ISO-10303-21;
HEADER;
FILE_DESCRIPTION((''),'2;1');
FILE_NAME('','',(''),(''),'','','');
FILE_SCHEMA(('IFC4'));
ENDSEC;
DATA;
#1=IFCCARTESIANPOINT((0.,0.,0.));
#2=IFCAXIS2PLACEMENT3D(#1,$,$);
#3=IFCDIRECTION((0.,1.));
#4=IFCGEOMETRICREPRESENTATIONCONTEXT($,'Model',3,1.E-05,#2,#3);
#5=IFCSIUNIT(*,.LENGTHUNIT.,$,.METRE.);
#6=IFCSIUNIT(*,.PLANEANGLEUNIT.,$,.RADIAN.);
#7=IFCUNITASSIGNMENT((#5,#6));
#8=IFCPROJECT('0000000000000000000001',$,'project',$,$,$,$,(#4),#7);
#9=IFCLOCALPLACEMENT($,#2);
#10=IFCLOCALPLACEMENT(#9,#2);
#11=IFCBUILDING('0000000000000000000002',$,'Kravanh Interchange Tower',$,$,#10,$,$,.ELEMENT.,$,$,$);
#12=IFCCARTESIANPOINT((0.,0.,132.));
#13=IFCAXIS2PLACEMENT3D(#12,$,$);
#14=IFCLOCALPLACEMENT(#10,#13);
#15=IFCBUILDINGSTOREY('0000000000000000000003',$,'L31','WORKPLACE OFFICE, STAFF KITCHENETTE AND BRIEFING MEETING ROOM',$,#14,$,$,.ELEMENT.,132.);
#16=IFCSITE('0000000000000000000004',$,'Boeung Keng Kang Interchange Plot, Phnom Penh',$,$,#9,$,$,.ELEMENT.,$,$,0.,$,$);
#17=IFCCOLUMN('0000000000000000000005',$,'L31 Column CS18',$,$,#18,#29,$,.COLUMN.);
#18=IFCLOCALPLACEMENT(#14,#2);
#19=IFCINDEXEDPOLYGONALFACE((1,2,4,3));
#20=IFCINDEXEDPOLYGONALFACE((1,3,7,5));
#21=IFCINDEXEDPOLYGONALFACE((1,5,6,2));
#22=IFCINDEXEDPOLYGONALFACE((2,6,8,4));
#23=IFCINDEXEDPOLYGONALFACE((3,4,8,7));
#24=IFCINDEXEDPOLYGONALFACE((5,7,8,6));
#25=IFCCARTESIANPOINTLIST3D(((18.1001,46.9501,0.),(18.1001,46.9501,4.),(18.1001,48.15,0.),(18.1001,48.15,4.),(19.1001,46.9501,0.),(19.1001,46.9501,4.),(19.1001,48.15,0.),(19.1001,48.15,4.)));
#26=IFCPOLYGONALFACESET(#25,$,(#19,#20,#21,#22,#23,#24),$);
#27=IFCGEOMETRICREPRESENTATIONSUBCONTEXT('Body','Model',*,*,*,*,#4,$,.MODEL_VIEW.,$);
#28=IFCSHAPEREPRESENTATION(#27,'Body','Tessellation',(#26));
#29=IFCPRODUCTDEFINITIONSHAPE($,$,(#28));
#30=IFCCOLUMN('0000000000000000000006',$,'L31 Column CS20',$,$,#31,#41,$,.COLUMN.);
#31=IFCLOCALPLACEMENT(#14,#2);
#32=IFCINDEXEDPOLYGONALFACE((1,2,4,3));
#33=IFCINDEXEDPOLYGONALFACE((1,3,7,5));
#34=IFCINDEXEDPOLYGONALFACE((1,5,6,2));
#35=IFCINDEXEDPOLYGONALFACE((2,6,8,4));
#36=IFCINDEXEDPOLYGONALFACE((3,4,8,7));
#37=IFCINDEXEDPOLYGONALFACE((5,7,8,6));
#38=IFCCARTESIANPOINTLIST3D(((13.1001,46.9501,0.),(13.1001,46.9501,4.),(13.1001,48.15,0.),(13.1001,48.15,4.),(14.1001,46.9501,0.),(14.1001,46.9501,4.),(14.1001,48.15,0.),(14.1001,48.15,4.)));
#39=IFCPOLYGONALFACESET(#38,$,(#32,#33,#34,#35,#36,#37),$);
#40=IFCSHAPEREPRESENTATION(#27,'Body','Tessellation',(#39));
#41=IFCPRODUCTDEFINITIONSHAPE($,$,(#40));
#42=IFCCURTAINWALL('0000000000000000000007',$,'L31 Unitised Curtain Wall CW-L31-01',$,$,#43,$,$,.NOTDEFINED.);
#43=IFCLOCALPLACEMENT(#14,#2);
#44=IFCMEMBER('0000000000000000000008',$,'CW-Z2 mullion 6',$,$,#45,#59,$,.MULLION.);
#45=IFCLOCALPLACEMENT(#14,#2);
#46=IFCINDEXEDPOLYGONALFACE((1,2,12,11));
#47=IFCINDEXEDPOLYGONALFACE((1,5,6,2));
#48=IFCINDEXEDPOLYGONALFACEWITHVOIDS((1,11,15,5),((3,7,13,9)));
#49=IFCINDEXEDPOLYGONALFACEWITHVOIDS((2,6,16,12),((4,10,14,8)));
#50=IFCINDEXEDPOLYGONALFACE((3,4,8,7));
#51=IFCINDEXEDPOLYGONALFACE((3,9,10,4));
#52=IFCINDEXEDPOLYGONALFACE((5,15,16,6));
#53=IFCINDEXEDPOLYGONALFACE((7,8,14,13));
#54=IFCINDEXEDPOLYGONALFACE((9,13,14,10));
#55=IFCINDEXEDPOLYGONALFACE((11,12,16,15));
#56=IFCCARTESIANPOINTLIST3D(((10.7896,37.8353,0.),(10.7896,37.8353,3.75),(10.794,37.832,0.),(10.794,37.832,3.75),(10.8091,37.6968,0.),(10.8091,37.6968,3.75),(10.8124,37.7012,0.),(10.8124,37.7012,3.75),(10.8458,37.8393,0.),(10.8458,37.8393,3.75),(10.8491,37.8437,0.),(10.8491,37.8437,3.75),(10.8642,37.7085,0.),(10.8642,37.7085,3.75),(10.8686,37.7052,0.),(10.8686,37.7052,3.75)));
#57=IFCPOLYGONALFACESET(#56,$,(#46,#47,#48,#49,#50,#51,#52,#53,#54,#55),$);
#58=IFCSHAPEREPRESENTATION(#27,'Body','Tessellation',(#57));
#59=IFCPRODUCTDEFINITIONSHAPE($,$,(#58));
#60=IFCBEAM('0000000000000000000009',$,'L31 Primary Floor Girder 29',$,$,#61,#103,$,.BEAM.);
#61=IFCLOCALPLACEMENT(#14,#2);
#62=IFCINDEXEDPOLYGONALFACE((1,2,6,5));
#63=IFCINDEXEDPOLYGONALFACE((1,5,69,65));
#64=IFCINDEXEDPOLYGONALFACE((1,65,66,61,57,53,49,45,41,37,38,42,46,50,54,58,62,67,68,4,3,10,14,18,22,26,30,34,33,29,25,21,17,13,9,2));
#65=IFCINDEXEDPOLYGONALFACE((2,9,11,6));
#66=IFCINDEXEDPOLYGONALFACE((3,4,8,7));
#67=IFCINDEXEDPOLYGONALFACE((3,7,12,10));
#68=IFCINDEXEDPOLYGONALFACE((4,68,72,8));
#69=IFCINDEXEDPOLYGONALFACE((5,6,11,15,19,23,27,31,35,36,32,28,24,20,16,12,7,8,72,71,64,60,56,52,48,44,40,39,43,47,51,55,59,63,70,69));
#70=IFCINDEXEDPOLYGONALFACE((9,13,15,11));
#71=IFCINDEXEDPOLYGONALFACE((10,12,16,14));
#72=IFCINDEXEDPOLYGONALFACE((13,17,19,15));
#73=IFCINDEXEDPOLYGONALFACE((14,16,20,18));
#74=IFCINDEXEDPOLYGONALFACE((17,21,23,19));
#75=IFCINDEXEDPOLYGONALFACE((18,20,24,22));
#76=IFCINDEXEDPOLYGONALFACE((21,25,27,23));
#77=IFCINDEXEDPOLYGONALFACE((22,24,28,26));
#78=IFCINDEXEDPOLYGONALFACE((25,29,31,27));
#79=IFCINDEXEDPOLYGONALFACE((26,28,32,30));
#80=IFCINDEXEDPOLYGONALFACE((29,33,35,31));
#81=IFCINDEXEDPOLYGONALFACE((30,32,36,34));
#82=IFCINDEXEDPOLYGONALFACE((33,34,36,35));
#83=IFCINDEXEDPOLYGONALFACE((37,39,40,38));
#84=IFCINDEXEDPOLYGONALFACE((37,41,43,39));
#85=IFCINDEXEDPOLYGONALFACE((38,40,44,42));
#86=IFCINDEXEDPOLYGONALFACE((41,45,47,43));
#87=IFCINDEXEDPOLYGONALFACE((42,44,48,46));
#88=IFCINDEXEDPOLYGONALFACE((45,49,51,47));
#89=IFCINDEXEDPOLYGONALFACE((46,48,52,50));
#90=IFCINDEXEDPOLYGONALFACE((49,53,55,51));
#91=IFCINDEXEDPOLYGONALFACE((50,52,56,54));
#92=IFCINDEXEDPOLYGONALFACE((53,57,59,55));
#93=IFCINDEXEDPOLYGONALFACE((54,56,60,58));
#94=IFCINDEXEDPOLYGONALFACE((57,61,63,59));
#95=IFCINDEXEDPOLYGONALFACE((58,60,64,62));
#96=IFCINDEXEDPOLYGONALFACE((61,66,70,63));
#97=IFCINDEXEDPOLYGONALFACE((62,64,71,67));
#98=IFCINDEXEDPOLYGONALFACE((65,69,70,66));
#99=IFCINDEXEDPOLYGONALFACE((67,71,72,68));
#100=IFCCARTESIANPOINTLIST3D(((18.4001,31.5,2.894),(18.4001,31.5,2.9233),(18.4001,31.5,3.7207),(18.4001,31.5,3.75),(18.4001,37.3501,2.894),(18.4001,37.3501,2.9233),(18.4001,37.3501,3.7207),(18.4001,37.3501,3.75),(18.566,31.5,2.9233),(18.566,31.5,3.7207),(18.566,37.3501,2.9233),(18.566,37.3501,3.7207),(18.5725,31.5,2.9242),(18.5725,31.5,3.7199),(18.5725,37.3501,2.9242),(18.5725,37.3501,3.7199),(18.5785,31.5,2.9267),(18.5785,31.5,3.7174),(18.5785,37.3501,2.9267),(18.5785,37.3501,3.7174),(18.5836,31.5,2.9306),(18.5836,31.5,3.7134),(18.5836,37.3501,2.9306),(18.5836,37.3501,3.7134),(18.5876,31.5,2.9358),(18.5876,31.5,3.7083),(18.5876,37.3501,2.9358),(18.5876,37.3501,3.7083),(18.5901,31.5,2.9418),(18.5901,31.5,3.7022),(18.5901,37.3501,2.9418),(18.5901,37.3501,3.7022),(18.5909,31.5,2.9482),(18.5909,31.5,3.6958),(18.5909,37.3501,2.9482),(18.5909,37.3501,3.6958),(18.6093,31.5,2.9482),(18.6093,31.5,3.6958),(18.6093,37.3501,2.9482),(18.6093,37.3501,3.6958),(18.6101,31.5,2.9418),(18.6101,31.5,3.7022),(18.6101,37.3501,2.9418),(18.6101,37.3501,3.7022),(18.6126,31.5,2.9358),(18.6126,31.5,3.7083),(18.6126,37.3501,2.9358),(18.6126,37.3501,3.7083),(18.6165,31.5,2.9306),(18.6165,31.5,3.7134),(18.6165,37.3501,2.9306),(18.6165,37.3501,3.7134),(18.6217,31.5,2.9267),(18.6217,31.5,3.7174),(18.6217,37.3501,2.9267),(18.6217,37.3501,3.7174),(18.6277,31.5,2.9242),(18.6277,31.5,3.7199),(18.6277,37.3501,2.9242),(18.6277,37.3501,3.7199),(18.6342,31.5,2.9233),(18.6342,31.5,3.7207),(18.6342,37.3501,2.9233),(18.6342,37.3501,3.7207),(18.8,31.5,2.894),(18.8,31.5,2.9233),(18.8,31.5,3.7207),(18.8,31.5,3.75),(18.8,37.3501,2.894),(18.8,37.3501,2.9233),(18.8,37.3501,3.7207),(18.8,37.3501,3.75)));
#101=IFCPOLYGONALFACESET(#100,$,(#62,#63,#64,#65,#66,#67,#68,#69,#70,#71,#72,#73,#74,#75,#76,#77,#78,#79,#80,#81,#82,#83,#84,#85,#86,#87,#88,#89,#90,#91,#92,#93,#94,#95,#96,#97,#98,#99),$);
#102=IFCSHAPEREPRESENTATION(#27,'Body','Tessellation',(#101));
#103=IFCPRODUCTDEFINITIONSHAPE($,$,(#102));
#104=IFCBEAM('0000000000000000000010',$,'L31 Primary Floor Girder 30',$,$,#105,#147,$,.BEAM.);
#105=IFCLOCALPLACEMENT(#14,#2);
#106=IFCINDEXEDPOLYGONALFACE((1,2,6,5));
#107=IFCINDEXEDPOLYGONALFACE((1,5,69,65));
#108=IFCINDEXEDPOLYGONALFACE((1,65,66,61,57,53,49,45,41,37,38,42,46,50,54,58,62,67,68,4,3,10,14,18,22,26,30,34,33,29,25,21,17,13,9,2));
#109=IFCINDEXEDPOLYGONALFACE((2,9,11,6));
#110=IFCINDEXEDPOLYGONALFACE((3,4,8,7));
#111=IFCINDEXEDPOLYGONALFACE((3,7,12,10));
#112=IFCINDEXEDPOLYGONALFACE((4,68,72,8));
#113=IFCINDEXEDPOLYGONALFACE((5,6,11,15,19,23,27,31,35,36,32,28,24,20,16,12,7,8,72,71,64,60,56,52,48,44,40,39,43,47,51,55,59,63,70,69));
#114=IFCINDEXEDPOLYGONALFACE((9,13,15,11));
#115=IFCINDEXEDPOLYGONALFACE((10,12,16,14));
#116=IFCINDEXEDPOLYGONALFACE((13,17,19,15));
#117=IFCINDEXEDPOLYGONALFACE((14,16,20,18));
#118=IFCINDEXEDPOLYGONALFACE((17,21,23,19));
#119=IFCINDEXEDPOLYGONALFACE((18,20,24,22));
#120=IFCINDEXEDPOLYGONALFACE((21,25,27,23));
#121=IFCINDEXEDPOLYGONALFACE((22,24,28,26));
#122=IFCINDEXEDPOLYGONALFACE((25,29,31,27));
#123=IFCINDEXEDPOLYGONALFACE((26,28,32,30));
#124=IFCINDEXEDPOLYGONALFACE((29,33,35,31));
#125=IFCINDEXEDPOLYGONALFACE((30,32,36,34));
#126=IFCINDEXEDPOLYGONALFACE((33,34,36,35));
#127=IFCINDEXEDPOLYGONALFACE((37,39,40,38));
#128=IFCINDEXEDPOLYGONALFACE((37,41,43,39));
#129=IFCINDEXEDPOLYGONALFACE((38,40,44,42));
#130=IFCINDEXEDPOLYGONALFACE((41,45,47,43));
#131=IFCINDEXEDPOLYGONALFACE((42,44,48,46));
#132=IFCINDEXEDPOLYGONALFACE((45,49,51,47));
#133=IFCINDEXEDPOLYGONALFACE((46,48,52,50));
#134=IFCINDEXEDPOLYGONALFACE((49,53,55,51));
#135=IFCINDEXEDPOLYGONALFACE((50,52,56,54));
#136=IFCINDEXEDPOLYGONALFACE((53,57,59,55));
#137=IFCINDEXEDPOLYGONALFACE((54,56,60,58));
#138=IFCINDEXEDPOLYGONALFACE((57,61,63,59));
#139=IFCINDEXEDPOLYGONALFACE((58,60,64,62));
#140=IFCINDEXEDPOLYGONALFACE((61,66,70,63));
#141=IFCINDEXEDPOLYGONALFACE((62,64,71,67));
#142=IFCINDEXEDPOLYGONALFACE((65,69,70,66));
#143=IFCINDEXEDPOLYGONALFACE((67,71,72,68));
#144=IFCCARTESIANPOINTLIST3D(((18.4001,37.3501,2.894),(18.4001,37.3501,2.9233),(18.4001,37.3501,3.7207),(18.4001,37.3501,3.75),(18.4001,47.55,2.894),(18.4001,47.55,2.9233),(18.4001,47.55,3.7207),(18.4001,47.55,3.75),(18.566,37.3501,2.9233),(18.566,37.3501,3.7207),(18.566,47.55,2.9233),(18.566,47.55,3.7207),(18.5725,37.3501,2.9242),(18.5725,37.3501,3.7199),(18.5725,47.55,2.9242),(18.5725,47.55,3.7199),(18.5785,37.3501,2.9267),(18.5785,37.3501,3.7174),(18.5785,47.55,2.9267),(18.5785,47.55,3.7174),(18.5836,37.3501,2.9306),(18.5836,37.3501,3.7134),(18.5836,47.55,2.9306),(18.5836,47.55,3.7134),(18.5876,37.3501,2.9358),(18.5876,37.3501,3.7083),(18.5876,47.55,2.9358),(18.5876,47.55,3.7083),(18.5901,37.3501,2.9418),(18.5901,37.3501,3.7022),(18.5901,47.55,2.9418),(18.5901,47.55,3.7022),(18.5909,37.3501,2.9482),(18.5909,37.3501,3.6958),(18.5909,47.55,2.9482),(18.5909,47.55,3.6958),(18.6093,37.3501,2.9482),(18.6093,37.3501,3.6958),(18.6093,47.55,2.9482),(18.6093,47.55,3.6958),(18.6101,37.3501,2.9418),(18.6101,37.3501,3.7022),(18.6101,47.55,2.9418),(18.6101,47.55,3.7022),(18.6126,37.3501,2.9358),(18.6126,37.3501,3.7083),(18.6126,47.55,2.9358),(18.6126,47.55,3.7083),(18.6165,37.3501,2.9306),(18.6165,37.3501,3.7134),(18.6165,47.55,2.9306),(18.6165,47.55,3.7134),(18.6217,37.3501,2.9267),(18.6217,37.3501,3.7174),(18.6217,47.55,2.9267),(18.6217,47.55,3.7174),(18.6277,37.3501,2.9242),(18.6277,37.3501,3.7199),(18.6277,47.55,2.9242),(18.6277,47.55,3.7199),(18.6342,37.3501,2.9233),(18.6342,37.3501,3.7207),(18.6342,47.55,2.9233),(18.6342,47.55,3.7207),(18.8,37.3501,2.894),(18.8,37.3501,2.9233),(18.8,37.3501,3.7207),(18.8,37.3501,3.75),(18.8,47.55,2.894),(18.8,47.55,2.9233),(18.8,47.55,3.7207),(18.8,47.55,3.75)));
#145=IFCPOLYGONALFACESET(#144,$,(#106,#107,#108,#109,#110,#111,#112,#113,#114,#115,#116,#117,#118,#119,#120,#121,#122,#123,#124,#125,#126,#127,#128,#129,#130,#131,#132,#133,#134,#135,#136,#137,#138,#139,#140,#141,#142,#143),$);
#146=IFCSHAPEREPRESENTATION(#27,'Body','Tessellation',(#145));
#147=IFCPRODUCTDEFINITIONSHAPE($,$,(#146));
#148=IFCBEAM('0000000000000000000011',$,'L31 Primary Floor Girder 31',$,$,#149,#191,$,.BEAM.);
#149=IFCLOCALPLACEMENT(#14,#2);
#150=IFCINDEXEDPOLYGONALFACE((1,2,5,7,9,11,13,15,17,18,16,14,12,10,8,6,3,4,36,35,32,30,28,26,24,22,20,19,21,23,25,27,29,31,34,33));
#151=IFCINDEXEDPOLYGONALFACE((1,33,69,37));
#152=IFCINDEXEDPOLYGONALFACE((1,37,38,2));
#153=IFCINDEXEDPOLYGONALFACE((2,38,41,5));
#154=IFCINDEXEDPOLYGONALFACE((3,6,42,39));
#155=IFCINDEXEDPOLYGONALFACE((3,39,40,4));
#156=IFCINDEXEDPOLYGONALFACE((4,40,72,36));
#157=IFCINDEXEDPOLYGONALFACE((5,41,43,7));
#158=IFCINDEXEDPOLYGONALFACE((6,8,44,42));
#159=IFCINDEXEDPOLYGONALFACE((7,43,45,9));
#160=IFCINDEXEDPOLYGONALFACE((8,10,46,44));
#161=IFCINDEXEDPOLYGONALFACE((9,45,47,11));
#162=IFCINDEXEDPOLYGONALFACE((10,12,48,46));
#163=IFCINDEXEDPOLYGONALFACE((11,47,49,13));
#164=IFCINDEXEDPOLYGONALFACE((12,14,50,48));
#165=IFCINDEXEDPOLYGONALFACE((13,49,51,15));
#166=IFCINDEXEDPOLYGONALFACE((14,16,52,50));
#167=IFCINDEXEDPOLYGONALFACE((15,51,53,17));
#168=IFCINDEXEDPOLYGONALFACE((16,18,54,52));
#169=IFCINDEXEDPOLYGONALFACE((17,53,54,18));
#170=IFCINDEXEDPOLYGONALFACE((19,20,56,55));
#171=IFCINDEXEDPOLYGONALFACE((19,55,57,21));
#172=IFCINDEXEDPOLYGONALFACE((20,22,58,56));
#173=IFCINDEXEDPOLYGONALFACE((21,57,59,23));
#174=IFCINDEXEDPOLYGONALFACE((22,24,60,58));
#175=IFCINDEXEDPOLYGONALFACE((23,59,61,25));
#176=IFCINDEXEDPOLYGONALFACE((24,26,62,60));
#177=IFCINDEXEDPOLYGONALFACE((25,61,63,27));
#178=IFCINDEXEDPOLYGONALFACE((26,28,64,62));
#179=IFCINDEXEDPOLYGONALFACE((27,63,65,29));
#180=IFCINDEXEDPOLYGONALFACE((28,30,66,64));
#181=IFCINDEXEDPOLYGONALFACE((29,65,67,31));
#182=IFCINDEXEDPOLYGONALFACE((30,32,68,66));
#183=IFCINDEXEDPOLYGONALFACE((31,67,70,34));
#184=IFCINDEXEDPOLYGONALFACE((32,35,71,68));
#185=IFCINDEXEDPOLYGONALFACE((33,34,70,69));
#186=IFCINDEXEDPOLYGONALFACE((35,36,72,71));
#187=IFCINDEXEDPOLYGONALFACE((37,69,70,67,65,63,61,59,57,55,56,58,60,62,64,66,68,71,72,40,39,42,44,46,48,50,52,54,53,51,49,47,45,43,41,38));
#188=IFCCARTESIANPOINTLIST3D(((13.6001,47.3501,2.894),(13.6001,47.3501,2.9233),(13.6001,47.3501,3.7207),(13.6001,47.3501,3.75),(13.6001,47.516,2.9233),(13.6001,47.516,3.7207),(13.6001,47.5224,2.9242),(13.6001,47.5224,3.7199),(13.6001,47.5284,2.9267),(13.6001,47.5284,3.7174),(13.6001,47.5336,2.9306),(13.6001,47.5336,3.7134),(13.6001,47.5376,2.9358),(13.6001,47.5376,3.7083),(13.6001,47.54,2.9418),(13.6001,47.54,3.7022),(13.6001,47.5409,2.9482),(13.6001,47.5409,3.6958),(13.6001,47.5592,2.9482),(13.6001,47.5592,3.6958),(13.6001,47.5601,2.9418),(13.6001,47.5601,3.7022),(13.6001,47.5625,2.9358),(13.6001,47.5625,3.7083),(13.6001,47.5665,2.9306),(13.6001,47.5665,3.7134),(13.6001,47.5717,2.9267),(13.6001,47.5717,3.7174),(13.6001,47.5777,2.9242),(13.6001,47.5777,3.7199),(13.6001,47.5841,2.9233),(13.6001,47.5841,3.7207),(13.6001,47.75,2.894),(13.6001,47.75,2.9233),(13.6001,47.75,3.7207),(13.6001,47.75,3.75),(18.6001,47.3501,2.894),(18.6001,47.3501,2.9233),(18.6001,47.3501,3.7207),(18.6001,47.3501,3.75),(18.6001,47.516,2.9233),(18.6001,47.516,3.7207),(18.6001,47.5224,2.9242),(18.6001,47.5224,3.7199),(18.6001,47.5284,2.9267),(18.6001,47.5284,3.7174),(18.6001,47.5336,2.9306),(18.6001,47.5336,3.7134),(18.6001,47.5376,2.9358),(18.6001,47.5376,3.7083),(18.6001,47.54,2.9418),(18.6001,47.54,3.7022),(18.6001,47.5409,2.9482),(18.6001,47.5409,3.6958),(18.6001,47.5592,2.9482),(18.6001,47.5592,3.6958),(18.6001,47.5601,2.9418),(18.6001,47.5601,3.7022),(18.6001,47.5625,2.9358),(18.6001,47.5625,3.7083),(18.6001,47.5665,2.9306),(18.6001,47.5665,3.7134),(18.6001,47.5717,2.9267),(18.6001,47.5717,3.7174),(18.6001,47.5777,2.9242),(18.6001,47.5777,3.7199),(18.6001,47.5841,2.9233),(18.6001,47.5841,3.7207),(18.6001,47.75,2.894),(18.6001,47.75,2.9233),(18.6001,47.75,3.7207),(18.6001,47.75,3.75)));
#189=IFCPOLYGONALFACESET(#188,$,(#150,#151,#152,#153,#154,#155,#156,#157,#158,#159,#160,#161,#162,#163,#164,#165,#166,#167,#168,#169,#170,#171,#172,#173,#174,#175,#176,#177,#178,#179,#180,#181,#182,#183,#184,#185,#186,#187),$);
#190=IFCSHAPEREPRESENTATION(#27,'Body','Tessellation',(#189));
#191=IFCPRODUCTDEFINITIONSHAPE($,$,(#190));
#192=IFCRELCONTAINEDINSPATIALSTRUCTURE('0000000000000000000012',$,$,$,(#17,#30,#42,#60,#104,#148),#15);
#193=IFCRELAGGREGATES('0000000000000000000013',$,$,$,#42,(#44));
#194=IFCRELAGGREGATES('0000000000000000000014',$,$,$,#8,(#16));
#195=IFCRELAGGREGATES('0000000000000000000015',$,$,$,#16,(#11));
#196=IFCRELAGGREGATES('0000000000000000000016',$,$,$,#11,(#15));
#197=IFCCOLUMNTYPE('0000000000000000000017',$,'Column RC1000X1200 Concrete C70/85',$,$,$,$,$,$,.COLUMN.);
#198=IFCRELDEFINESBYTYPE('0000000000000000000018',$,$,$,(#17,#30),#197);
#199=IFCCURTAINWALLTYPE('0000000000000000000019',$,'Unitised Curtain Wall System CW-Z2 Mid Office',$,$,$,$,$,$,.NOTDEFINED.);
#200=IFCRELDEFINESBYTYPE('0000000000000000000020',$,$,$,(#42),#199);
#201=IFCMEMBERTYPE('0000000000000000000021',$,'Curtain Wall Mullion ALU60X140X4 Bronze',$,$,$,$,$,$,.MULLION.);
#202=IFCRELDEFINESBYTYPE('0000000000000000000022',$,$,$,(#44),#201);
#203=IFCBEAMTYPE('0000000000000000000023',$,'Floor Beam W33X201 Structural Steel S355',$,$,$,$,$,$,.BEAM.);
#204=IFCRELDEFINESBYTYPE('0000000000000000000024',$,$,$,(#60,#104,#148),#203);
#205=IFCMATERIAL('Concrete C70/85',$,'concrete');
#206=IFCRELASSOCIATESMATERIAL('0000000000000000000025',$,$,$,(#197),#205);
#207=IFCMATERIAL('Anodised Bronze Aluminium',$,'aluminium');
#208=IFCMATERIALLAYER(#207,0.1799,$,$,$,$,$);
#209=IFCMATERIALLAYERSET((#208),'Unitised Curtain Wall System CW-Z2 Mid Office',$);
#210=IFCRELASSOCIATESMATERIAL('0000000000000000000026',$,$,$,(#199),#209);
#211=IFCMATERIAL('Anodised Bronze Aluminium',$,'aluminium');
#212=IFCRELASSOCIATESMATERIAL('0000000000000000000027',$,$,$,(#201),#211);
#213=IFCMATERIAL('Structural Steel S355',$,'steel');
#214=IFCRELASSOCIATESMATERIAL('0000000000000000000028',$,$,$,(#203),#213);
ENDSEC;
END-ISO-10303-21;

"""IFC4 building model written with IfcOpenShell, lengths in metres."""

from ifc_helpers import new_model, si_unit, direction, frame, origin, origin_2d, place, context, subcontext, project, spatial, rectangle, hollow_rectangle, i_section, extrude, material, layer, layer_set, material_profile, profile_set, type_object, element, aggregate, save


model = new_model("IFC4")

# Units and contexts
model_context = context("Model", 3, precision=1e-05, world=origin(), true_north=direction((0.0, 1.0)))
body_context = subcontext(model_context, "Body", "Model", "MODEL_VIEW")
ifc_project = project(units=[si_unit("LENGTHUNIT", "METRE"), si_unit("PLANEANGLEUNIT", "RADIAN")], contexts=[model_context])

# Site, building, storey
site_placement = place(None, origin())
site = spatial("IfcSite", under=ifc_project, at=site_placement, Name="Boeung Keng Kang Interchange Plot, Phnom Penh", CompositionType="ELEMENT", RefElevation=0.0)
building_placement = place(site_placement, origin())
building = spatial("IfcBuilding", under=site, at=building_placement, Name="Kravanh Interchange Tower", CompositionType="ELEMENT")
storey_placement = place(building_placement, frame((0.0, 0.0, 132.0)))
storey = spatial("IfcBuildingStorey", under=building, at=storey_placement, Name="L31", Description="WORKPLACE OFFICE, STAFF KITCHENETTE AND BRIEFING MEETING ROOM", CompositionType="ELEMENT", Elevation=132.0)

# Columns
ifc_material_1 = material(Name="Concrete C70/85", Category="concrete")
ifc_material_profile_1 = material_profile(ifc_material_1, rectangle(XDim=1.0, YDim=1.2, at=origin_2d()), Name="RC1000X1200")
ifc_profile_set_1 = profile_set([ifc_material_profile_1], Name="Concrete C70/85")
column_type = type_object("IfcColumnType", Name="Column RC1000X1200 Concrete C70/85", PredefinedType="COLUMN", material=ifc_profile_set_1)
for number, where, z_axis, x_axis, name in (
    (1, (18.6001, 47.55, 0.0), (0.0, 0.0, 1.0), (1.0, 0.0, 0.0), "L31 Column CS18"),
    (2, (13.6001, 47.55, 0.0), (0.0, 0.0, 1.0), (1.0, 0.0, 0.0), "L31 Column CS20"),
):
    element("IfcColumn", number, at=place(storey_placement, frame(where, z_axis=z_axis, x_axis=x_axis)), inside=storey, type_object=column_type, Name=name, PredefinedType="COLUMN", context=body_context, shape_type="SweptSolid", body=[
        extrude(rectangle(XDim=1.0, YDim=1.2, at=origin_2d()), origin(), (0.0, 0.0, 1.0), 4.0),
    ])

# Curtain wall, member
ifc_material_2 = material(Name="Anodised Bronze Aluminium", Category="aluminium")
ifc_layer_1 = layer(ifc_material_2, 0.1799)
ifc_layer_set_1 = layer_set([ifc_layer_1], Name="Unitised Curtain Wall System CW-Z2 Mid Office")
curtain_wall_type = type_object("IfcCurtainWallType", Name="Unitised Curtain Wall System CW-Z2 Mid Office", PredefinedType="NOTDEFINED", material=ifc_layer_set_1)
curtain_wall_placement = place(storey_placement, origin())
curtain_wall = element("IfcCurtainWall", 3, at=curtain_wall_placement, inside=storey, type_object=curtain_wall_type, Name="L31 Unitised Curtain Wall CW-L31-01", PredefinedType="NOTDEFINED")
ifc_material_3 = material(Name="Anodised Bronze Aluminium", Category="aluminium")
ifc_material_profile_2 = material_profile(ifc_material_3, hollow_rectangle(XDim=0.0601, YDim=0.1399, WallThickness=0.0039, at=origin_2d()), Name="ALU60X140X4")
ifc_profile_set_2 = profile_set([ifc_material_profile_2], Name="Anodised Bronze Aluminium")
member_type = type_object("IfcMemberType", Name="Curtain Wall Mullion ALU60X140X4 Bronze", PredefinedType="MULLION", material=ifc_profile_set_2)
member_placement = place(storey_placement, frame((10.8291, 37.7703, 0.0), z_axis=(0.0, 0.0, 1.0), x_axis=(-0.990268, -0.139173, 0.0)))
member = element("IfcMember", 4, at=member_placement, type_object=member_type, Name="CW-Z2 mullion 6", PredefinedType="MULLION", context=body_context, shape_type="SweptSolid", body=[
    extrude(hollow_rectangle(XDim=0.0601, YDim=0.1399, WallThickness=0.0039, at=origin_2d()), origin(), (0.0, 0.0, 1.0), 3.75),
])
aggregate(curtain_wall, [member])

# Beams
ifc_material_4 = material(Name="Structural Steel S355", Category="steel")
ifc_material_profile_3 = material_profile(ifc_material_4, i_section(OverallWidth=0.3999, OverallDepth=0.856, WebThickness=0.0183, FlangeThickness=0.0293, FilletRadius=0.0249, at=origin_2d()), Name="W33X201")
ifc_profile_set_3 = profile_set([ifc_material_profile_3], Name="Structural Steel S355")
beam_type = type_object("IfcBeamType", Name="Floor Beam W33X201 Structural Steel S355", PredefinedType="BEAM", material=ifc_profile_set_3)
beam_1_placement = place(storey_placement, frame((18.6001, 37.3501, 3.322), z_axis=(0.0, -1.0, 0.0), x_axis=(1.0, 0.0, 0.0)))
element("IfcBeam", 5, at=beam_1_placement, inside=storey, type_object=beam_type, Name="L31 Primary Floor Girder 29", PredefinedType="BEAM", context=body_context, shape_type="SweptSolid", body=[
    extrude(i_section(OverallWidth=0.3999, OverallDepth=0.856, WebThickness=0.0183, FlangeThickness=0.0293, FilletRadius=0.0249, at=origin_2d()), origin(), (0.0, 0.0, 1.0), 5.8501),
])
beam_2_placement = place(storey_placement, frame((18.6001, 37.3501, 3.322), z_axis=(0.0, 1.0, 0.0), x_axis=(-1.0, 0.0, 0.0)))
element("IfcBeam", 6, at=beam_2_placement, inside=storey, type_object=beam_type, Name="L31 Primary Floor Girder 30", PredefinedType="BEAM", context=body_context, shape_type="SweptSolid", body=[
    extrude(i_section(OverallWidth=0.3999, OverallDepth=0.856, WebThickness=0.0183, FlangeThickness=0.0293, FilletRadius=0.0249, at=origin_2d()), origin(), (0.0, 0.0, 1.0), 10.2),
])
beam_3_placement = place(storey_placement, frame((18.6001, 47.55, 3.322), z_axis=(-1.0, 0.0, 0.0), x_axis=(0.0, -1.0, 0.0)))
element("IfcBeam", 7, at=beam_3_placement, inside=storey, type_object=beam_type, Name="L31 Primary Floor Girder 31", PredefinedType="BEAM", context=body_context, shape_type="SweptSolid", body=[
    extrude(i_section(OverallWidth=0.3999, OverallDepth=0.856, WebThickness=0.0183, FlangeThickness=0.0293, FilletRadius=0.0249, at=origin_2d()), origin(), (0.0, 0.0, 1.0), 5.0),
])

save(model, "model.ifc")
